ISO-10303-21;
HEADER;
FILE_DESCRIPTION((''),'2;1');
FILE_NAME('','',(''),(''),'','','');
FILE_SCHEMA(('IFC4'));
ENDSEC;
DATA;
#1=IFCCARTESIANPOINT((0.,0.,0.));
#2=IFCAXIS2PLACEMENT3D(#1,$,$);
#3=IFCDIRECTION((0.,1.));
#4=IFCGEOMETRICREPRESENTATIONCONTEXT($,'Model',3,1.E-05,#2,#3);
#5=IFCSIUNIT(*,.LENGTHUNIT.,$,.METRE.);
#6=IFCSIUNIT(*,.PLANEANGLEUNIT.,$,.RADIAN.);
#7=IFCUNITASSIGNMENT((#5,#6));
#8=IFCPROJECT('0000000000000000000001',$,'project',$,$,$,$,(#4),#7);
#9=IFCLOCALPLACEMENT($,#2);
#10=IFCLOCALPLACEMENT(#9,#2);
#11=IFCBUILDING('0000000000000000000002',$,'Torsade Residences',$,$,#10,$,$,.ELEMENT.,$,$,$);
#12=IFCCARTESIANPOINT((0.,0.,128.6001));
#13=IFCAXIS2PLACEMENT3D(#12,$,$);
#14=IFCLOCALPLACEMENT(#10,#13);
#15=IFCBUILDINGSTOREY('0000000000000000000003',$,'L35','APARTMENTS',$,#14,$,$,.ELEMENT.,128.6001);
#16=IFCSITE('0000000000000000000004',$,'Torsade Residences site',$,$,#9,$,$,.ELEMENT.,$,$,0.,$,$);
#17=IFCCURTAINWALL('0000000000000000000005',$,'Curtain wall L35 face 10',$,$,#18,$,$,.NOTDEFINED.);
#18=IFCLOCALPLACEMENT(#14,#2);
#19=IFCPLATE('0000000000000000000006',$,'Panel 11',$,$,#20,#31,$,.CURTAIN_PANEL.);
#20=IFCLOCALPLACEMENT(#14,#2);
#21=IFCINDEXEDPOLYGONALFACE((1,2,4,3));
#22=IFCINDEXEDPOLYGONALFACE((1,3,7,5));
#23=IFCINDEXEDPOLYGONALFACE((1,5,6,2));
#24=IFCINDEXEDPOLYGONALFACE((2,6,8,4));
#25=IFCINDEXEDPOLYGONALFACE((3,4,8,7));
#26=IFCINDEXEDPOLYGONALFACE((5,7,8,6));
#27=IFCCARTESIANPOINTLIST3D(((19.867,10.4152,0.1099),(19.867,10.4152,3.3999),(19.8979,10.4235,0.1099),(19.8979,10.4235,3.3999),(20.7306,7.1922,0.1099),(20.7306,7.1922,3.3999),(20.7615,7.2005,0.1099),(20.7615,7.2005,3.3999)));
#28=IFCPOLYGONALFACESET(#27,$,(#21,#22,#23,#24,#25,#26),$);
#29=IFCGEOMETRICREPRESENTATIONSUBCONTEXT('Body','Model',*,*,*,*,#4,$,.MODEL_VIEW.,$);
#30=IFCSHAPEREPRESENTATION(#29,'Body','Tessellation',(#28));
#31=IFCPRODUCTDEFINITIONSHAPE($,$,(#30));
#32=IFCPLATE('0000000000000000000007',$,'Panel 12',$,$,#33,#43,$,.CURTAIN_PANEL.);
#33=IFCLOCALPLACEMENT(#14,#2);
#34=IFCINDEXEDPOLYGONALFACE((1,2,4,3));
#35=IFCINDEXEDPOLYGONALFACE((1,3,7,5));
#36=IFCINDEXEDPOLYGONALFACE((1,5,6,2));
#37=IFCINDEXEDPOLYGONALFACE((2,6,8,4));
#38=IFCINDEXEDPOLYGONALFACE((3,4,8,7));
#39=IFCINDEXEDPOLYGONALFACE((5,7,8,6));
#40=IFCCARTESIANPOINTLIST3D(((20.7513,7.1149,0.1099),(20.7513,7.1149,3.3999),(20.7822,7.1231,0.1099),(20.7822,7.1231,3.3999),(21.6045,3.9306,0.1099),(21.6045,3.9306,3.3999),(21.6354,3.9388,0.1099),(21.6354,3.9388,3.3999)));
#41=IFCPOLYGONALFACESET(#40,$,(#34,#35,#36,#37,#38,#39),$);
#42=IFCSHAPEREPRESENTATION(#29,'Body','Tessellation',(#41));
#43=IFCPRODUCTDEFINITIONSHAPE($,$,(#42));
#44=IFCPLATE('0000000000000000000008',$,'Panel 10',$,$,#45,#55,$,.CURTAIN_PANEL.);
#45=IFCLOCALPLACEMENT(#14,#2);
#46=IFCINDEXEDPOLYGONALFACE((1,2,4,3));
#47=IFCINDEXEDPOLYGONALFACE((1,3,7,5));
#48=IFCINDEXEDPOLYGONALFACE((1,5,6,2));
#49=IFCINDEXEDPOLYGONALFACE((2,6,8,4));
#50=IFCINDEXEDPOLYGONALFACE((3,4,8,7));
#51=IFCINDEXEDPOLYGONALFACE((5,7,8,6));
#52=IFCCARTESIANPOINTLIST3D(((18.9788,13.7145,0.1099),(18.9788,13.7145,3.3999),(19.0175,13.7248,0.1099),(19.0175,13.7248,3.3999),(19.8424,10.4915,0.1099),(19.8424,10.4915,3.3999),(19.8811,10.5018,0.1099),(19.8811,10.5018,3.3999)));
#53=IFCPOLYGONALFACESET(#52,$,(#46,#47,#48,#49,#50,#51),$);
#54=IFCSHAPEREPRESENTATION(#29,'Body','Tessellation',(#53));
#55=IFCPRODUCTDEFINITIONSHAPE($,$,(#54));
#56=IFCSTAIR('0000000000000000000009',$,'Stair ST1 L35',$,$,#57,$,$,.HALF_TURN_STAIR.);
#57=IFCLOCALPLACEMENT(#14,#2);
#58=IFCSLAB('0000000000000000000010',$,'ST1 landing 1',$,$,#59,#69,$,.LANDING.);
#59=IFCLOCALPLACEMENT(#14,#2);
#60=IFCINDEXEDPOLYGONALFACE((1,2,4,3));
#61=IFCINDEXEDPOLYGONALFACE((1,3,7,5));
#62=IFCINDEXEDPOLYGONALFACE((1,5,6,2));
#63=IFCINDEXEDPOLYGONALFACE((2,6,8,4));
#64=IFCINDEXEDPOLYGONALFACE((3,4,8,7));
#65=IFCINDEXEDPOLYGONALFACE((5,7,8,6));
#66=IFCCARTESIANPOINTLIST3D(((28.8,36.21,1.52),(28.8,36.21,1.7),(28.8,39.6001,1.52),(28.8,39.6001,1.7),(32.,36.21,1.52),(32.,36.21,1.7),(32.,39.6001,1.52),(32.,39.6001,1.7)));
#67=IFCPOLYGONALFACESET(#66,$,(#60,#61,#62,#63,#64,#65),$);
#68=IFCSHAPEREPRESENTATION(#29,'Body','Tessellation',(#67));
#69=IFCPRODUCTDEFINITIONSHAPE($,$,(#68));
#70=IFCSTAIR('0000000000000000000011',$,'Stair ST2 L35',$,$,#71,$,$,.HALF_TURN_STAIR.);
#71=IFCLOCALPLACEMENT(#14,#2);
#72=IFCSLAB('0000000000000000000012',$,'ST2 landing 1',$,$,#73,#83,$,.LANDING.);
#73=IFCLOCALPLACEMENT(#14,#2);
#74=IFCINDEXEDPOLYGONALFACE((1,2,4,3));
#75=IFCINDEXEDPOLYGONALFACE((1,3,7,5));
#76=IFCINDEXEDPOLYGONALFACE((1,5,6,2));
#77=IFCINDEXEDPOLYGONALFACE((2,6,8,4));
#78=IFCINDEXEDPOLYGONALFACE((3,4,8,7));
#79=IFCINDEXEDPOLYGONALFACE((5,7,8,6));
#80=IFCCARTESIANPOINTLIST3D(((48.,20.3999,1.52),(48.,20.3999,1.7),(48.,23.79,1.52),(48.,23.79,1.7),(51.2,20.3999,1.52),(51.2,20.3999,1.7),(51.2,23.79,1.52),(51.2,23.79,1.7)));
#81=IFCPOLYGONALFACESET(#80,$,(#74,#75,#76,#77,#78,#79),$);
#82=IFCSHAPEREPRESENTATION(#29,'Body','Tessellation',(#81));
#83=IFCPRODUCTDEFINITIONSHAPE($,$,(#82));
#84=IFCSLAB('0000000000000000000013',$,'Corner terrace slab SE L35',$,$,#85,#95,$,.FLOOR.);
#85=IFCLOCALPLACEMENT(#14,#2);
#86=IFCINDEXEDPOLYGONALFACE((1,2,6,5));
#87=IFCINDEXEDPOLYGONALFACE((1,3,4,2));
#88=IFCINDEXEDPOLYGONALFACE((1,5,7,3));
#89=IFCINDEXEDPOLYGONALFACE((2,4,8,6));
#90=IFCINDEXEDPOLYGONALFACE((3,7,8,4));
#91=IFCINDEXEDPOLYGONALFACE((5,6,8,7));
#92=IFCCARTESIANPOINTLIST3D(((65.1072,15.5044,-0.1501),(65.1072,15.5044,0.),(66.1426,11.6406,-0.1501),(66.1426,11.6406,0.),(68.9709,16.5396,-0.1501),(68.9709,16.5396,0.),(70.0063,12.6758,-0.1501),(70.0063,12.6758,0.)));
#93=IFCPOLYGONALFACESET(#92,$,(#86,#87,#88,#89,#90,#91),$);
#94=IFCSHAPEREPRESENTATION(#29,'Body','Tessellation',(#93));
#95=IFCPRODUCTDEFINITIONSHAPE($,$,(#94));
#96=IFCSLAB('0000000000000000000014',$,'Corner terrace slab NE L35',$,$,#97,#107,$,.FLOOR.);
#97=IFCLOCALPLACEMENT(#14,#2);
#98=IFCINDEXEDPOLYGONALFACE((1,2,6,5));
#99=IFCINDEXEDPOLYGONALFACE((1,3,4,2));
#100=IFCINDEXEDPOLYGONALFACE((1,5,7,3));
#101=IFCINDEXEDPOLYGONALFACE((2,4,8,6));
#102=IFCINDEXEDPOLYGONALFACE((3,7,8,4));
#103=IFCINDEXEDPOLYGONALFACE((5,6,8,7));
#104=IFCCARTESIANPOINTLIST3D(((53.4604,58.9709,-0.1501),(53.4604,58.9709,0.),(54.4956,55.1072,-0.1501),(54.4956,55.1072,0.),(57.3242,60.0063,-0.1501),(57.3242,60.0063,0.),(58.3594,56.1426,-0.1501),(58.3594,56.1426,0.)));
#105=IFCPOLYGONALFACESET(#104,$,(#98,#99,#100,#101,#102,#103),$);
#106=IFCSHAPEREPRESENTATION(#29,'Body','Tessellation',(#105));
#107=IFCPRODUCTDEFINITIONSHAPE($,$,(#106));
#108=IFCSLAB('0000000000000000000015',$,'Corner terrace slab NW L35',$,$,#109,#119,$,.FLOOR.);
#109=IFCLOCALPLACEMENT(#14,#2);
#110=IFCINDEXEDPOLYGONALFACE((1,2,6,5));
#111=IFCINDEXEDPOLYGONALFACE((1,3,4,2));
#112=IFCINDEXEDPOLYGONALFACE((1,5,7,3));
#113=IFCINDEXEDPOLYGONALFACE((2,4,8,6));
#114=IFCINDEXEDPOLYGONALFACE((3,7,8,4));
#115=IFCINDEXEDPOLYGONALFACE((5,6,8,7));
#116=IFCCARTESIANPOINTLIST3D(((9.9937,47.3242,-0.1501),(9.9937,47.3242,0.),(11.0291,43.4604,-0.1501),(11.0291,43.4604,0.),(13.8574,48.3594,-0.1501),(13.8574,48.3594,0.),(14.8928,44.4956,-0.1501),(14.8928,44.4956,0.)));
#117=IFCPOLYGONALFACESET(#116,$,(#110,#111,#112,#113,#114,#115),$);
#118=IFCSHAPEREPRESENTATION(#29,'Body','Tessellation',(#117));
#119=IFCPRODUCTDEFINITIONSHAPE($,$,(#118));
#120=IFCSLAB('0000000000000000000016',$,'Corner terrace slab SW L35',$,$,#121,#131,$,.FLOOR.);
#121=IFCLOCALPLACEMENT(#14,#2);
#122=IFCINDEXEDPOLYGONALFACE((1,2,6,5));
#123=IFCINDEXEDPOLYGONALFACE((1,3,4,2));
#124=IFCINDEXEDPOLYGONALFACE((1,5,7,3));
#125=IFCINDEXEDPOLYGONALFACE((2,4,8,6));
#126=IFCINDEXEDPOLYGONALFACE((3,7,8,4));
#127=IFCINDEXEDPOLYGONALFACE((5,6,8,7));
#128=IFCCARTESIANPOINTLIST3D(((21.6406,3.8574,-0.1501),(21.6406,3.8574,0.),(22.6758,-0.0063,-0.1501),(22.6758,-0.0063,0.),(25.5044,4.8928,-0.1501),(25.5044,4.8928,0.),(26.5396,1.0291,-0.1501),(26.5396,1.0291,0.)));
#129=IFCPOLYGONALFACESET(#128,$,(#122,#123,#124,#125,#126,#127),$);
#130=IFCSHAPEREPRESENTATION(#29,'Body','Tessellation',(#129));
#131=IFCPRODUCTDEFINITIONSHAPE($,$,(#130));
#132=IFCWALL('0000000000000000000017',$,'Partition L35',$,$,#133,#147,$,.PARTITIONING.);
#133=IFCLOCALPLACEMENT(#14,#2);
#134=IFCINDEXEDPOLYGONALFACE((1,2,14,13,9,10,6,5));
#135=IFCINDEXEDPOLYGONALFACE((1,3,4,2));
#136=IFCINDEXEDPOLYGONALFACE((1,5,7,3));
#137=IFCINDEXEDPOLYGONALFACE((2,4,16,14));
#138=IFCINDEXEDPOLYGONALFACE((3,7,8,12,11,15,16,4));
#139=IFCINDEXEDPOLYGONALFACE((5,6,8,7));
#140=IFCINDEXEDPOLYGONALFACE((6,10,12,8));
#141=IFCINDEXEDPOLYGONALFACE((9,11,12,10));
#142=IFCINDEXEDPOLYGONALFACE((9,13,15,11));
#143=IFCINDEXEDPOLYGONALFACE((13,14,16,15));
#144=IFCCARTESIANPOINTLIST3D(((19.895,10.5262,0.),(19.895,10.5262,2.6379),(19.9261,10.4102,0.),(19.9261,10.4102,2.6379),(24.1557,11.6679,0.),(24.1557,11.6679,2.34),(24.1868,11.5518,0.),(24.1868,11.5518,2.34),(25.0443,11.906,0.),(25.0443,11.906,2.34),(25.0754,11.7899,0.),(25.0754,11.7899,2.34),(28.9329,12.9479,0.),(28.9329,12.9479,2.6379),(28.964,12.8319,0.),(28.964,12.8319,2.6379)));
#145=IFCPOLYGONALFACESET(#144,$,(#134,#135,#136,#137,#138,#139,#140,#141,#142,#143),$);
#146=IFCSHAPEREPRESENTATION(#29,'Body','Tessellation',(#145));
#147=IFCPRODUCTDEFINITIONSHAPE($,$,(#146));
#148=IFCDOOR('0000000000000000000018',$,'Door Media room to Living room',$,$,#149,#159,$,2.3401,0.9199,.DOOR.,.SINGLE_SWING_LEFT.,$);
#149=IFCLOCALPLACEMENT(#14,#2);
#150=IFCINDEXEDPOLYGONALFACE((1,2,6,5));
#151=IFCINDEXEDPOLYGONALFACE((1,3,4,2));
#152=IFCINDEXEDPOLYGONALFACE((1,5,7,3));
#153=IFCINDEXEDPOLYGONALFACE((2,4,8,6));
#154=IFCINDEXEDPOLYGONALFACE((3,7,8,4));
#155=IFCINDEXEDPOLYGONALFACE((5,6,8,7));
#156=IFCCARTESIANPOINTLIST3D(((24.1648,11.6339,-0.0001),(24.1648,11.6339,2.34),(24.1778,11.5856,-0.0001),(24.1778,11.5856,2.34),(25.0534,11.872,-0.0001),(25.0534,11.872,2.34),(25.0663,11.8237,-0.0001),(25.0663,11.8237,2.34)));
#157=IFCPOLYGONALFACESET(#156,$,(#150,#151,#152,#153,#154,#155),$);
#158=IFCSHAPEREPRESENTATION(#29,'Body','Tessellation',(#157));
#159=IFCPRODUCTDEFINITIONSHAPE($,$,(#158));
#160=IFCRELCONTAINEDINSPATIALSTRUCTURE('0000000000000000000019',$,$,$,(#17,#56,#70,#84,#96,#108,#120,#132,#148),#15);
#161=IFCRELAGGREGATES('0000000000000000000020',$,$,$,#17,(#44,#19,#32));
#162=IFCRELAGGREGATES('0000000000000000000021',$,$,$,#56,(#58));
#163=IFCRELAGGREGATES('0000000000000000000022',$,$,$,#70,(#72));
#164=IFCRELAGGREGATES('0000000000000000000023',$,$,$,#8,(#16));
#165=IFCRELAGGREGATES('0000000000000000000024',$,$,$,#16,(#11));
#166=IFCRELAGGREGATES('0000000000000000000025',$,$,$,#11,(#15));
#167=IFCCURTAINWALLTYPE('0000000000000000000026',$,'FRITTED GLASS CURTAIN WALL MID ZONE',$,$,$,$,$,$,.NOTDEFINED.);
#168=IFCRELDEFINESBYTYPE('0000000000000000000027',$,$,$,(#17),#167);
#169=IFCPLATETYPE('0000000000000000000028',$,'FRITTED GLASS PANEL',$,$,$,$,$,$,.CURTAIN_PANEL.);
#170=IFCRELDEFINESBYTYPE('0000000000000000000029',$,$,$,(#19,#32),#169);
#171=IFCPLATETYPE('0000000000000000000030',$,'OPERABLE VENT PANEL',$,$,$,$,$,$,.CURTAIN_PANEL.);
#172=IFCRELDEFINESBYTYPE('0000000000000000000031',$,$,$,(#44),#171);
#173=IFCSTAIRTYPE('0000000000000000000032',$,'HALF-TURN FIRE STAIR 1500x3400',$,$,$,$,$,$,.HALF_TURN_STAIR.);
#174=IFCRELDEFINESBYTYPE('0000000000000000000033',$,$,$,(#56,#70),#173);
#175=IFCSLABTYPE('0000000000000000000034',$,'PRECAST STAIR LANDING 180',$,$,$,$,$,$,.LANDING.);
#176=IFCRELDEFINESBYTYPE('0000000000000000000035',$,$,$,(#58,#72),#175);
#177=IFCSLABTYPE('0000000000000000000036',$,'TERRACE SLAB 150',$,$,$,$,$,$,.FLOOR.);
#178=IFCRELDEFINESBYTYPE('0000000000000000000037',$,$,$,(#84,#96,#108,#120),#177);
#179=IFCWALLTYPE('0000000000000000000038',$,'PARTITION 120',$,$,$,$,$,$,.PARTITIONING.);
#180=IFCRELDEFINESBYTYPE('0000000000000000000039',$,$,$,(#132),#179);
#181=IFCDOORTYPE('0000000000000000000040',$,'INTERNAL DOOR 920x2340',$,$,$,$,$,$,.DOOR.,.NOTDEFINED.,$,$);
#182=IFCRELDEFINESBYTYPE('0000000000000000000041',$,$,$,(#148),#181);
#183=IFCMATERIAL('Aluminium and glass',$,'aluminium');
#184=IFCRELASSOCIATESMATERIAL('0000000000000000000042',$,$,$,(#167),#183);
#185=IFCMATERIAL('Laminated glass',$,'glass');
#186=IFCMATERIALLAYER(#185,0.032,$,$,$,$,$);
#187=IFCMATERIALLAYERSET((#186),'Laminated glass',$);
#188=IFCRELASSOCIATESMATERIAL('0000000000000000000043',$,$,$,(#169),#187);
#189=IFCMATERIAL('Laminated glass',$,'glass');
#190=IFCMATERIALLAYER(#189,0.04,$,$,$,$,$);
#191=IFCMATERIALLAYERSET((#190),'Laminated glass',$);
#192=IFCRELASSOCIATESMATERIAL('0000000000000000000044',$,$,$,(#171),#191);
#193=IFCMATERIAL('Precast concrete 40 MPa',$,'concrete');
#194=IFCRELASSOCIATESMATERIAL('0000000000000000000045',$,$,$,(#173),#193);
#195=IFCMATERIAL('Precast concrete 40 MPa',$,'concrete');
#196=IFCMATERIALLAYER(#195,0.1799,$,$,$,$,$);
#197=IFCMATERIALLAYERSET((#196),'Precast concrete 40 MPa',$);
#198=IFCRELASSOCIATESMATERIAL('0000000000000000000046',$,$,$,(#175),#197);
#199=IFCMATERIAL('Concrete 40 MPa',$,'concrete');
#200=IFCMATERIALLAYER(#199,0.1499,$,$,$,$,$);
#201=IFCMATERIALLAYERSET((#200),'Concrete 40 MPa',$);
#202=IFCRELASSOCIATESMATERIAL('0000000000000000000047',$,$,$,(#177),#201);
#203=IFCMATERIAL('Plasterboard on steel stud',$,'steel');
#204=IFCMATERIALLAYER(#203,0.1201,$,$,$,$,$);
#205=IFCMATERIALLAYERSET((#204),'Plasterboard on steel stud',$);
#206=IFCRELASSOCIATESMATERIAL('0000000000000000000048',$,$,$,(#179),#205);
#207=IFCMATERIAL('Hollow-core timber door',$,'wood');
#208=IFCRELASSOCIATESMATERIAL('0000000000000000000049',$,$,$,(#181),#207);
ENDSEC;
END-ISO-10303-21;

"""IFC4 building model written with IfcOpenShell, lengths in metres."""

from ifc_helpers import new_model, si_unit, direction, frame, frame_2d, origin, origin_2d, place, context, subcontext, project, spatial, polyline, rectangle, outline, extrude, material, layer, layer_set, type_object, element, fill, aggregate, save


model = new_model("IFC4")

# Units and contexts
model_context = context("Model", 3, precision=1e-05, world=origin(), true_north=direction((0.0, 1.0)))
body_context = subcontext(model_context, "Body", "Model", "MODEL_VIEW")
ifc_project = project(units=[si_unit("LENGTHUNIT", "METRE"), si_unit("PLANEANGLEUNIT", "RADIAN")], contexts=[model_context])

# Site, building, storey
site_placement = place(None, origin())
site = spatial("IfcSite", under=ifc_project, at=site_placement, Name="Torsade Residences site", CompositionType="ELEMENT", RefElevation=0.0)
building_placement = place(site_placement, origin())
building = spatial("IfcBuilding", under=site, at=building_placement, Name="Torsade Residences", CompositionType="ELEMENT")
storey_placement = place(building_placement, frame((0.0, 0.0, 128.6001)))
storey = spatial("IfcBuildingStorey", under=building, at=storey_placement, Name="L35", Description="APARTMENTS", CompositionType="ELEMENT", Elevation=128.6001)

# Curtain wall
ifc_material_1 = material(Name="Aluminium and glass", Category="aluminium")
curtain_wall_type = type_object("IfcCurtainWallType", Name="FRITTED GLASS CURTAIN WALL MID ZONE", PredefinedType="NOTDEFINED", material=ifc_material_1)
curtain_wall_placement = place(storey_placement, origin())
curtain_wall = element("IfcCurtainWall", 1, at=curtain_wall_placement, inside=storey, type_object=curtain_wall_type, Name="Curtain wall L35 face 10", PredefinedType="NOTDEFINED")

# Plates
ifc_material_2 = material(Name="Laminated glass", Category="glass")
ifc_layer_1 = layer(ifc_material_2, 0.032)
ifc_layer_set_1 = layer_set([ifc_layer_1], Name="Laminated glass")
plate_type_1 = type_object("IfcPlateType", Name="FRITTED GLASS PANEL", PredefinedType="CURTAIN_PANEL", material=ifc_layer_set_1)
plate_1_placement = place(storey_placement, frame((20.3142, 8.8079, 0.1099), z_axis=(0.0, 0.0, 1.0), x_axis=(0.258819, -0.965926, 0.0)))
plate_1 = element("IfcPlate", 2, at=plate_1_placement, type_object=plate_type_1, Name="Panel 11", PredefinedType="CURTAIN_PANEL", context=body_context, shape_type="SweptSolid", body=[
    extrude(rectangle(XDim=3.3367, YDim=0.032, at=origin_2d()), origin(), (0.0, 0.0, 1.0), 3.29),
])
plate_2_placement = place(storey_placement, frame((21.1934, 5.5269, 0.1099), z_axis=(0.0, 0.0, 1.0), x_axis=(0.258819, -0.965926, 0.0)))
plate_2 = element("IfcPlate", 3, at=plate_2_placement, type_object=plate_type_1, Name="Panel 12", PredefinedType="CURTAIN_PANEL", context=body_context, shape_type="SweptSolid", body=[
    extrude(rectangle(XDim=3.2966, YDim=0.032, at=origin_2d()), origin(), (0.0, 0.0, 1.0), 3.29),
])
ifc_material_3 = material(Name="Laminated glass", Category="glass")
ifc_layer_2 = layer(ifc_material_3, 0.04)
ifc_layer_set_2 = layer_set([ifc_layer_2], Name="Laminated glass")
plate_type_2 = type_object("IfcPlateType", Name="OPERABLE VENT PANEL", PredefinedType="CURTAIN_PANEL", material=ifc_layer_set_2)
plate_3_placement = place(storey_placement, frame((19.4299, 12.1082, 0.1099), z_axis=(0.0, 0.0, 1.0), x_axis=(0.258819, -0.965926, 0.0)))
plate_3 = element("IfcPlate", 4, at=plate_3_placement, type_object=plate_type_2, Name="Panel 10", PredefinedType="CURTAIN_PANEL", context=body_context, shape_type="SweptSolid", body=[
    extrude(rectangle(XDim=3.3367, YDim=0.04, at=origin_2d()), origin(), (0.0, 0.0, 1.0), 3.29),
])
aggregate(curtain_wall, [plate_3, plate_1, plate_2])

# Stairs, slabs
ifc_material_4 = material(Name="Precast concrete 40 MPa", Category="concrete")
stair_type = type_object("IfcStairType", Name="HALF-TURN FIRE STAIR 1500x3400", PredefinedType="HALF_TURN_STAIR", material=ifc_material_4)
stair_1_placement = place(storey_placement, origin())
stair_1 = element("IfcStair", 5, at=stair_1_placement, inside=storey, type_object=stair_type, Name="Stair ST1 L35", PredefinedType="HALF_TURN_STAIR")
ifc_material_5 = material(Name="Precast concrete 40 MPa", Category="concrete")
ifc_layer_3 = layer(ifc_material_5, 0.1799)
ifc_layer_set_3 = layer_set([ifc_layer_3], Name="Precast concrete 40 MPa")
slab_type_1 = type_object("IfcSlabType", Name="PRECAST STAIR LANDING 180", PredefinedType="LANDING", material=ifc_layer_set_3)
slab_1_placement = place(storey_placement, frame((0.0, 0.0, 1.52)))
slab_1 = element("IfcSlab", 6, at=slab_1_placement, type_object=slab_type_1, Name="ST1 landing 1", PredefinedType="LANDING", context=body_context, shape_type="SweptSolid", body=[
    extrude(outline(polyline([(28.8, 36.21), (32.0, 36.21), (32.0, 39.6001), (28.8, 39.6001), (28.8, 36.21)])), origin(), (0.0, 0.0, 1.0), 0.1799),
])
aggregate(stair_1, [slab_1])
stair_2_placement = place(storey_placement, origin())
stair_2 = element("IfcStair", 7, at=stair_2_placement, inside=storey, type_object=stair_type, Name="Stair ST2 L35", PredefinedType="HALF_TURN_STAIR")
slab_2_placement = place(storey_placement, frame((0.0, 0.0, 1.52)))
slab_2 = element("IfcSlab", 8, at=slab_2_placement, type_object=slab_type_1, Name="ST2 landing 1", PredefinedType="LANDING", context=body_context, shape_type="SweptSolid", body=[
    extrude(outline(polyline([(48.0, 20.3999), (51.2, 20.3999), (51.2, 23.79), (48.0, 23.79), (48.0, 20.3999)])), origin(), (0.0, 0.0, 1.0), 0.1799),
])
aggregate(stair_2, [slab_2])

# Slabs
ifc_material_6 = material(Name="Concrete 40 MPa", Category="concrete")
ifc_layer_4 = layer(ifc_material_6, 0.1499)
ifc_layer_set_4 = layer_set([ifc_layer_4], Name="Concrete 40 MPa")
slab_type_2 = type_object("IfcSlabType", Name="TERRACE SLAB 150", PredefinedType="FLOOR", material=ifc_layer_set_4)
slab_3_placement = place(storey_placement, frame((0.0, 0.0, -0.1501)))
element("IfcSlab", 9, at=slab_3_placement, inside=storey, type_object=slab_type_2, Name="Corner terrace slab SE L35", PredefinedType="FLOOR", context=body_context, shape_type="SweptSolid", body=[
    extrude(outline(polyline([(66.1426, 11.6406), (70.0063, 12.6758), (68.9709, 16.5396), (65.1072, 15.5044), (66.1426, 11.6406)])), origin(), (0.0, 0.0, 1.0), 0.1501),
])
slab_4_placement = place(storey_placement, frame((0.0, 0.0, -0.1501)))
element("IfcSlab", 10, at=slab_4_placement, inside=storey, type_object=slab_type_2, Name="Corner terrace slab NE L35", PredefinedType="FLOOR", context=body_context, shape_type="SweptSolid", body=[
    extrude(outline(polyline([(54.4956, 55.1072), (58.3594, 56.1426), (57.3242, 60.0063), (53.4604, 58.9709), (54.4956, 55.1072)])), origin(), (0.0, 0.0, 1.0), 0.1501),
])
slab_5_placement = place(storey_placement, frame((0.0, 0.0, -0.1501)))
element("IfcSlab", 11, at=slab_5_placement, inside=storey, type_object=slab_type_2, Name="Corner terrace slab NW L35", PredefinedType="FLOOR", context=body_context, shape_type="SweptSolid", body=[
    extrude(outline(polyline([(11.0291, 43.4604), (14.8928, 44.4956), (13.8574, 48.3594), (9.9937, 47.3242), (11.0291, 43.4604)])), origin(), (0.0, 0.0, 1.0), 0.1501),
])
slab_6_placement = place(storey_placement, frame((0.0, 0.0, -0.1501)))
element("IfcSlab", 12, at=slab_6_placement, inside=storey, type_object=slab_type_2, Name="Corner terrace slab SW L35", PredefinedType="FLOOR", context=body_context, shape_type="SweptSolid", body=[
    extrude(outline(polyline([(22.6758, -0.0063), (26.5396, 1.0291), (25.5044, 4.8928), (21.6406, 3.8574), (22.6758, -0.0063)])), origin(), (0.0, 0.0, 1.0), 0.1501),
])

# Wall, opening, door
ifc_material_7 = material(Name="Plasterboard on steel stud", Category="steel")
ifc_layer_5 = layer(ifc_material_7, 0.1201)
ifc_layer_set_5 = layer_set([ifc_layer_5], Name="Plasterboard on steel stud")
wall_type_1 = type_object("IfcWallType", Name="PARTITION 120", PredefinedType="PARTITIONING", material=ifc_layer_set_5)
wall_1_placement = place(storey_placement, frame((19.9106, 10.4683, 0.0), z_axis=(0.0, 0.0, 1.0), x_axis=(0.965927, 0.258814, 0.0)))
wall_1 = element("IfcWall", 13, at=wall_1_placement, inside=storey, type_object=wall_type_1, Name="Partition L35", PredefinedType="PARTITIONING", context=body_context, shape_type="SweptSolid", body=[
    extrude(rectangle(XDim=9.3567, YDim=0.1201, at=frame_2d((4.6782, 0.0))), origin(), (0.0, 0.0, 1.0), 2.6379),
])
opening_1_placement = place(wall_1_placement, frame((4.4109, 0.0, 0.0)))
opening_1 = element("IfcOpeningElement", 14, at=opening_1_placement, cuts=wall_1, PredefinedType="OPENING", context=body_context, shape_type="SweptSolid", body=[
    extrude(rectangle(XDim=0.9199, YDim=2.3401, at=frame_2d((0.46, 1.1699))), frame((0.0, 0.0701, 0.0), z_axis=(0.0, -1.0, 0.0), x_axis=(1.0, 0.0, 0.0)), (0.0, 0.0, 1.0), 0.1401),
])
ifc_material_8 = material(Name="Hollow-core timber door", Category="wood")
door_type_1 = type_object("IfcDoorType", Name="INTERNAL DOOR 920x2340", OperationType="NOTDEFINED", PredefinedType="DOOR", material=ifc_material_8)
door_1_placement = place(opening_1_placement, origin())
door_1 = element("IfcDoor", 15, at=door_1_placement, inside=storey, type_object=door_type_1, Name="Door Media room to Living room", OperationType="SINGLE_SWING_LEFT", OverallHeight=2.3401, OverallWidth=0.9199, PredefinedType="DOOR", context=body_context, shape_type="SweptSolid", body=[
    extrude(rectangle(XDim=0.9199, YDim=2.3401, at=frame_2d((0.46, 1.1699))), frame((0.0, 0.0249, 0.0), z_axis=(0.0, -1.0, 0.0), x_axis=(1.0, 0.0, 0.0)), (0.0, 0.0, 1.0), 0.05),
])
fill(opening_1, door_1)

save(model, "model.ifc")
